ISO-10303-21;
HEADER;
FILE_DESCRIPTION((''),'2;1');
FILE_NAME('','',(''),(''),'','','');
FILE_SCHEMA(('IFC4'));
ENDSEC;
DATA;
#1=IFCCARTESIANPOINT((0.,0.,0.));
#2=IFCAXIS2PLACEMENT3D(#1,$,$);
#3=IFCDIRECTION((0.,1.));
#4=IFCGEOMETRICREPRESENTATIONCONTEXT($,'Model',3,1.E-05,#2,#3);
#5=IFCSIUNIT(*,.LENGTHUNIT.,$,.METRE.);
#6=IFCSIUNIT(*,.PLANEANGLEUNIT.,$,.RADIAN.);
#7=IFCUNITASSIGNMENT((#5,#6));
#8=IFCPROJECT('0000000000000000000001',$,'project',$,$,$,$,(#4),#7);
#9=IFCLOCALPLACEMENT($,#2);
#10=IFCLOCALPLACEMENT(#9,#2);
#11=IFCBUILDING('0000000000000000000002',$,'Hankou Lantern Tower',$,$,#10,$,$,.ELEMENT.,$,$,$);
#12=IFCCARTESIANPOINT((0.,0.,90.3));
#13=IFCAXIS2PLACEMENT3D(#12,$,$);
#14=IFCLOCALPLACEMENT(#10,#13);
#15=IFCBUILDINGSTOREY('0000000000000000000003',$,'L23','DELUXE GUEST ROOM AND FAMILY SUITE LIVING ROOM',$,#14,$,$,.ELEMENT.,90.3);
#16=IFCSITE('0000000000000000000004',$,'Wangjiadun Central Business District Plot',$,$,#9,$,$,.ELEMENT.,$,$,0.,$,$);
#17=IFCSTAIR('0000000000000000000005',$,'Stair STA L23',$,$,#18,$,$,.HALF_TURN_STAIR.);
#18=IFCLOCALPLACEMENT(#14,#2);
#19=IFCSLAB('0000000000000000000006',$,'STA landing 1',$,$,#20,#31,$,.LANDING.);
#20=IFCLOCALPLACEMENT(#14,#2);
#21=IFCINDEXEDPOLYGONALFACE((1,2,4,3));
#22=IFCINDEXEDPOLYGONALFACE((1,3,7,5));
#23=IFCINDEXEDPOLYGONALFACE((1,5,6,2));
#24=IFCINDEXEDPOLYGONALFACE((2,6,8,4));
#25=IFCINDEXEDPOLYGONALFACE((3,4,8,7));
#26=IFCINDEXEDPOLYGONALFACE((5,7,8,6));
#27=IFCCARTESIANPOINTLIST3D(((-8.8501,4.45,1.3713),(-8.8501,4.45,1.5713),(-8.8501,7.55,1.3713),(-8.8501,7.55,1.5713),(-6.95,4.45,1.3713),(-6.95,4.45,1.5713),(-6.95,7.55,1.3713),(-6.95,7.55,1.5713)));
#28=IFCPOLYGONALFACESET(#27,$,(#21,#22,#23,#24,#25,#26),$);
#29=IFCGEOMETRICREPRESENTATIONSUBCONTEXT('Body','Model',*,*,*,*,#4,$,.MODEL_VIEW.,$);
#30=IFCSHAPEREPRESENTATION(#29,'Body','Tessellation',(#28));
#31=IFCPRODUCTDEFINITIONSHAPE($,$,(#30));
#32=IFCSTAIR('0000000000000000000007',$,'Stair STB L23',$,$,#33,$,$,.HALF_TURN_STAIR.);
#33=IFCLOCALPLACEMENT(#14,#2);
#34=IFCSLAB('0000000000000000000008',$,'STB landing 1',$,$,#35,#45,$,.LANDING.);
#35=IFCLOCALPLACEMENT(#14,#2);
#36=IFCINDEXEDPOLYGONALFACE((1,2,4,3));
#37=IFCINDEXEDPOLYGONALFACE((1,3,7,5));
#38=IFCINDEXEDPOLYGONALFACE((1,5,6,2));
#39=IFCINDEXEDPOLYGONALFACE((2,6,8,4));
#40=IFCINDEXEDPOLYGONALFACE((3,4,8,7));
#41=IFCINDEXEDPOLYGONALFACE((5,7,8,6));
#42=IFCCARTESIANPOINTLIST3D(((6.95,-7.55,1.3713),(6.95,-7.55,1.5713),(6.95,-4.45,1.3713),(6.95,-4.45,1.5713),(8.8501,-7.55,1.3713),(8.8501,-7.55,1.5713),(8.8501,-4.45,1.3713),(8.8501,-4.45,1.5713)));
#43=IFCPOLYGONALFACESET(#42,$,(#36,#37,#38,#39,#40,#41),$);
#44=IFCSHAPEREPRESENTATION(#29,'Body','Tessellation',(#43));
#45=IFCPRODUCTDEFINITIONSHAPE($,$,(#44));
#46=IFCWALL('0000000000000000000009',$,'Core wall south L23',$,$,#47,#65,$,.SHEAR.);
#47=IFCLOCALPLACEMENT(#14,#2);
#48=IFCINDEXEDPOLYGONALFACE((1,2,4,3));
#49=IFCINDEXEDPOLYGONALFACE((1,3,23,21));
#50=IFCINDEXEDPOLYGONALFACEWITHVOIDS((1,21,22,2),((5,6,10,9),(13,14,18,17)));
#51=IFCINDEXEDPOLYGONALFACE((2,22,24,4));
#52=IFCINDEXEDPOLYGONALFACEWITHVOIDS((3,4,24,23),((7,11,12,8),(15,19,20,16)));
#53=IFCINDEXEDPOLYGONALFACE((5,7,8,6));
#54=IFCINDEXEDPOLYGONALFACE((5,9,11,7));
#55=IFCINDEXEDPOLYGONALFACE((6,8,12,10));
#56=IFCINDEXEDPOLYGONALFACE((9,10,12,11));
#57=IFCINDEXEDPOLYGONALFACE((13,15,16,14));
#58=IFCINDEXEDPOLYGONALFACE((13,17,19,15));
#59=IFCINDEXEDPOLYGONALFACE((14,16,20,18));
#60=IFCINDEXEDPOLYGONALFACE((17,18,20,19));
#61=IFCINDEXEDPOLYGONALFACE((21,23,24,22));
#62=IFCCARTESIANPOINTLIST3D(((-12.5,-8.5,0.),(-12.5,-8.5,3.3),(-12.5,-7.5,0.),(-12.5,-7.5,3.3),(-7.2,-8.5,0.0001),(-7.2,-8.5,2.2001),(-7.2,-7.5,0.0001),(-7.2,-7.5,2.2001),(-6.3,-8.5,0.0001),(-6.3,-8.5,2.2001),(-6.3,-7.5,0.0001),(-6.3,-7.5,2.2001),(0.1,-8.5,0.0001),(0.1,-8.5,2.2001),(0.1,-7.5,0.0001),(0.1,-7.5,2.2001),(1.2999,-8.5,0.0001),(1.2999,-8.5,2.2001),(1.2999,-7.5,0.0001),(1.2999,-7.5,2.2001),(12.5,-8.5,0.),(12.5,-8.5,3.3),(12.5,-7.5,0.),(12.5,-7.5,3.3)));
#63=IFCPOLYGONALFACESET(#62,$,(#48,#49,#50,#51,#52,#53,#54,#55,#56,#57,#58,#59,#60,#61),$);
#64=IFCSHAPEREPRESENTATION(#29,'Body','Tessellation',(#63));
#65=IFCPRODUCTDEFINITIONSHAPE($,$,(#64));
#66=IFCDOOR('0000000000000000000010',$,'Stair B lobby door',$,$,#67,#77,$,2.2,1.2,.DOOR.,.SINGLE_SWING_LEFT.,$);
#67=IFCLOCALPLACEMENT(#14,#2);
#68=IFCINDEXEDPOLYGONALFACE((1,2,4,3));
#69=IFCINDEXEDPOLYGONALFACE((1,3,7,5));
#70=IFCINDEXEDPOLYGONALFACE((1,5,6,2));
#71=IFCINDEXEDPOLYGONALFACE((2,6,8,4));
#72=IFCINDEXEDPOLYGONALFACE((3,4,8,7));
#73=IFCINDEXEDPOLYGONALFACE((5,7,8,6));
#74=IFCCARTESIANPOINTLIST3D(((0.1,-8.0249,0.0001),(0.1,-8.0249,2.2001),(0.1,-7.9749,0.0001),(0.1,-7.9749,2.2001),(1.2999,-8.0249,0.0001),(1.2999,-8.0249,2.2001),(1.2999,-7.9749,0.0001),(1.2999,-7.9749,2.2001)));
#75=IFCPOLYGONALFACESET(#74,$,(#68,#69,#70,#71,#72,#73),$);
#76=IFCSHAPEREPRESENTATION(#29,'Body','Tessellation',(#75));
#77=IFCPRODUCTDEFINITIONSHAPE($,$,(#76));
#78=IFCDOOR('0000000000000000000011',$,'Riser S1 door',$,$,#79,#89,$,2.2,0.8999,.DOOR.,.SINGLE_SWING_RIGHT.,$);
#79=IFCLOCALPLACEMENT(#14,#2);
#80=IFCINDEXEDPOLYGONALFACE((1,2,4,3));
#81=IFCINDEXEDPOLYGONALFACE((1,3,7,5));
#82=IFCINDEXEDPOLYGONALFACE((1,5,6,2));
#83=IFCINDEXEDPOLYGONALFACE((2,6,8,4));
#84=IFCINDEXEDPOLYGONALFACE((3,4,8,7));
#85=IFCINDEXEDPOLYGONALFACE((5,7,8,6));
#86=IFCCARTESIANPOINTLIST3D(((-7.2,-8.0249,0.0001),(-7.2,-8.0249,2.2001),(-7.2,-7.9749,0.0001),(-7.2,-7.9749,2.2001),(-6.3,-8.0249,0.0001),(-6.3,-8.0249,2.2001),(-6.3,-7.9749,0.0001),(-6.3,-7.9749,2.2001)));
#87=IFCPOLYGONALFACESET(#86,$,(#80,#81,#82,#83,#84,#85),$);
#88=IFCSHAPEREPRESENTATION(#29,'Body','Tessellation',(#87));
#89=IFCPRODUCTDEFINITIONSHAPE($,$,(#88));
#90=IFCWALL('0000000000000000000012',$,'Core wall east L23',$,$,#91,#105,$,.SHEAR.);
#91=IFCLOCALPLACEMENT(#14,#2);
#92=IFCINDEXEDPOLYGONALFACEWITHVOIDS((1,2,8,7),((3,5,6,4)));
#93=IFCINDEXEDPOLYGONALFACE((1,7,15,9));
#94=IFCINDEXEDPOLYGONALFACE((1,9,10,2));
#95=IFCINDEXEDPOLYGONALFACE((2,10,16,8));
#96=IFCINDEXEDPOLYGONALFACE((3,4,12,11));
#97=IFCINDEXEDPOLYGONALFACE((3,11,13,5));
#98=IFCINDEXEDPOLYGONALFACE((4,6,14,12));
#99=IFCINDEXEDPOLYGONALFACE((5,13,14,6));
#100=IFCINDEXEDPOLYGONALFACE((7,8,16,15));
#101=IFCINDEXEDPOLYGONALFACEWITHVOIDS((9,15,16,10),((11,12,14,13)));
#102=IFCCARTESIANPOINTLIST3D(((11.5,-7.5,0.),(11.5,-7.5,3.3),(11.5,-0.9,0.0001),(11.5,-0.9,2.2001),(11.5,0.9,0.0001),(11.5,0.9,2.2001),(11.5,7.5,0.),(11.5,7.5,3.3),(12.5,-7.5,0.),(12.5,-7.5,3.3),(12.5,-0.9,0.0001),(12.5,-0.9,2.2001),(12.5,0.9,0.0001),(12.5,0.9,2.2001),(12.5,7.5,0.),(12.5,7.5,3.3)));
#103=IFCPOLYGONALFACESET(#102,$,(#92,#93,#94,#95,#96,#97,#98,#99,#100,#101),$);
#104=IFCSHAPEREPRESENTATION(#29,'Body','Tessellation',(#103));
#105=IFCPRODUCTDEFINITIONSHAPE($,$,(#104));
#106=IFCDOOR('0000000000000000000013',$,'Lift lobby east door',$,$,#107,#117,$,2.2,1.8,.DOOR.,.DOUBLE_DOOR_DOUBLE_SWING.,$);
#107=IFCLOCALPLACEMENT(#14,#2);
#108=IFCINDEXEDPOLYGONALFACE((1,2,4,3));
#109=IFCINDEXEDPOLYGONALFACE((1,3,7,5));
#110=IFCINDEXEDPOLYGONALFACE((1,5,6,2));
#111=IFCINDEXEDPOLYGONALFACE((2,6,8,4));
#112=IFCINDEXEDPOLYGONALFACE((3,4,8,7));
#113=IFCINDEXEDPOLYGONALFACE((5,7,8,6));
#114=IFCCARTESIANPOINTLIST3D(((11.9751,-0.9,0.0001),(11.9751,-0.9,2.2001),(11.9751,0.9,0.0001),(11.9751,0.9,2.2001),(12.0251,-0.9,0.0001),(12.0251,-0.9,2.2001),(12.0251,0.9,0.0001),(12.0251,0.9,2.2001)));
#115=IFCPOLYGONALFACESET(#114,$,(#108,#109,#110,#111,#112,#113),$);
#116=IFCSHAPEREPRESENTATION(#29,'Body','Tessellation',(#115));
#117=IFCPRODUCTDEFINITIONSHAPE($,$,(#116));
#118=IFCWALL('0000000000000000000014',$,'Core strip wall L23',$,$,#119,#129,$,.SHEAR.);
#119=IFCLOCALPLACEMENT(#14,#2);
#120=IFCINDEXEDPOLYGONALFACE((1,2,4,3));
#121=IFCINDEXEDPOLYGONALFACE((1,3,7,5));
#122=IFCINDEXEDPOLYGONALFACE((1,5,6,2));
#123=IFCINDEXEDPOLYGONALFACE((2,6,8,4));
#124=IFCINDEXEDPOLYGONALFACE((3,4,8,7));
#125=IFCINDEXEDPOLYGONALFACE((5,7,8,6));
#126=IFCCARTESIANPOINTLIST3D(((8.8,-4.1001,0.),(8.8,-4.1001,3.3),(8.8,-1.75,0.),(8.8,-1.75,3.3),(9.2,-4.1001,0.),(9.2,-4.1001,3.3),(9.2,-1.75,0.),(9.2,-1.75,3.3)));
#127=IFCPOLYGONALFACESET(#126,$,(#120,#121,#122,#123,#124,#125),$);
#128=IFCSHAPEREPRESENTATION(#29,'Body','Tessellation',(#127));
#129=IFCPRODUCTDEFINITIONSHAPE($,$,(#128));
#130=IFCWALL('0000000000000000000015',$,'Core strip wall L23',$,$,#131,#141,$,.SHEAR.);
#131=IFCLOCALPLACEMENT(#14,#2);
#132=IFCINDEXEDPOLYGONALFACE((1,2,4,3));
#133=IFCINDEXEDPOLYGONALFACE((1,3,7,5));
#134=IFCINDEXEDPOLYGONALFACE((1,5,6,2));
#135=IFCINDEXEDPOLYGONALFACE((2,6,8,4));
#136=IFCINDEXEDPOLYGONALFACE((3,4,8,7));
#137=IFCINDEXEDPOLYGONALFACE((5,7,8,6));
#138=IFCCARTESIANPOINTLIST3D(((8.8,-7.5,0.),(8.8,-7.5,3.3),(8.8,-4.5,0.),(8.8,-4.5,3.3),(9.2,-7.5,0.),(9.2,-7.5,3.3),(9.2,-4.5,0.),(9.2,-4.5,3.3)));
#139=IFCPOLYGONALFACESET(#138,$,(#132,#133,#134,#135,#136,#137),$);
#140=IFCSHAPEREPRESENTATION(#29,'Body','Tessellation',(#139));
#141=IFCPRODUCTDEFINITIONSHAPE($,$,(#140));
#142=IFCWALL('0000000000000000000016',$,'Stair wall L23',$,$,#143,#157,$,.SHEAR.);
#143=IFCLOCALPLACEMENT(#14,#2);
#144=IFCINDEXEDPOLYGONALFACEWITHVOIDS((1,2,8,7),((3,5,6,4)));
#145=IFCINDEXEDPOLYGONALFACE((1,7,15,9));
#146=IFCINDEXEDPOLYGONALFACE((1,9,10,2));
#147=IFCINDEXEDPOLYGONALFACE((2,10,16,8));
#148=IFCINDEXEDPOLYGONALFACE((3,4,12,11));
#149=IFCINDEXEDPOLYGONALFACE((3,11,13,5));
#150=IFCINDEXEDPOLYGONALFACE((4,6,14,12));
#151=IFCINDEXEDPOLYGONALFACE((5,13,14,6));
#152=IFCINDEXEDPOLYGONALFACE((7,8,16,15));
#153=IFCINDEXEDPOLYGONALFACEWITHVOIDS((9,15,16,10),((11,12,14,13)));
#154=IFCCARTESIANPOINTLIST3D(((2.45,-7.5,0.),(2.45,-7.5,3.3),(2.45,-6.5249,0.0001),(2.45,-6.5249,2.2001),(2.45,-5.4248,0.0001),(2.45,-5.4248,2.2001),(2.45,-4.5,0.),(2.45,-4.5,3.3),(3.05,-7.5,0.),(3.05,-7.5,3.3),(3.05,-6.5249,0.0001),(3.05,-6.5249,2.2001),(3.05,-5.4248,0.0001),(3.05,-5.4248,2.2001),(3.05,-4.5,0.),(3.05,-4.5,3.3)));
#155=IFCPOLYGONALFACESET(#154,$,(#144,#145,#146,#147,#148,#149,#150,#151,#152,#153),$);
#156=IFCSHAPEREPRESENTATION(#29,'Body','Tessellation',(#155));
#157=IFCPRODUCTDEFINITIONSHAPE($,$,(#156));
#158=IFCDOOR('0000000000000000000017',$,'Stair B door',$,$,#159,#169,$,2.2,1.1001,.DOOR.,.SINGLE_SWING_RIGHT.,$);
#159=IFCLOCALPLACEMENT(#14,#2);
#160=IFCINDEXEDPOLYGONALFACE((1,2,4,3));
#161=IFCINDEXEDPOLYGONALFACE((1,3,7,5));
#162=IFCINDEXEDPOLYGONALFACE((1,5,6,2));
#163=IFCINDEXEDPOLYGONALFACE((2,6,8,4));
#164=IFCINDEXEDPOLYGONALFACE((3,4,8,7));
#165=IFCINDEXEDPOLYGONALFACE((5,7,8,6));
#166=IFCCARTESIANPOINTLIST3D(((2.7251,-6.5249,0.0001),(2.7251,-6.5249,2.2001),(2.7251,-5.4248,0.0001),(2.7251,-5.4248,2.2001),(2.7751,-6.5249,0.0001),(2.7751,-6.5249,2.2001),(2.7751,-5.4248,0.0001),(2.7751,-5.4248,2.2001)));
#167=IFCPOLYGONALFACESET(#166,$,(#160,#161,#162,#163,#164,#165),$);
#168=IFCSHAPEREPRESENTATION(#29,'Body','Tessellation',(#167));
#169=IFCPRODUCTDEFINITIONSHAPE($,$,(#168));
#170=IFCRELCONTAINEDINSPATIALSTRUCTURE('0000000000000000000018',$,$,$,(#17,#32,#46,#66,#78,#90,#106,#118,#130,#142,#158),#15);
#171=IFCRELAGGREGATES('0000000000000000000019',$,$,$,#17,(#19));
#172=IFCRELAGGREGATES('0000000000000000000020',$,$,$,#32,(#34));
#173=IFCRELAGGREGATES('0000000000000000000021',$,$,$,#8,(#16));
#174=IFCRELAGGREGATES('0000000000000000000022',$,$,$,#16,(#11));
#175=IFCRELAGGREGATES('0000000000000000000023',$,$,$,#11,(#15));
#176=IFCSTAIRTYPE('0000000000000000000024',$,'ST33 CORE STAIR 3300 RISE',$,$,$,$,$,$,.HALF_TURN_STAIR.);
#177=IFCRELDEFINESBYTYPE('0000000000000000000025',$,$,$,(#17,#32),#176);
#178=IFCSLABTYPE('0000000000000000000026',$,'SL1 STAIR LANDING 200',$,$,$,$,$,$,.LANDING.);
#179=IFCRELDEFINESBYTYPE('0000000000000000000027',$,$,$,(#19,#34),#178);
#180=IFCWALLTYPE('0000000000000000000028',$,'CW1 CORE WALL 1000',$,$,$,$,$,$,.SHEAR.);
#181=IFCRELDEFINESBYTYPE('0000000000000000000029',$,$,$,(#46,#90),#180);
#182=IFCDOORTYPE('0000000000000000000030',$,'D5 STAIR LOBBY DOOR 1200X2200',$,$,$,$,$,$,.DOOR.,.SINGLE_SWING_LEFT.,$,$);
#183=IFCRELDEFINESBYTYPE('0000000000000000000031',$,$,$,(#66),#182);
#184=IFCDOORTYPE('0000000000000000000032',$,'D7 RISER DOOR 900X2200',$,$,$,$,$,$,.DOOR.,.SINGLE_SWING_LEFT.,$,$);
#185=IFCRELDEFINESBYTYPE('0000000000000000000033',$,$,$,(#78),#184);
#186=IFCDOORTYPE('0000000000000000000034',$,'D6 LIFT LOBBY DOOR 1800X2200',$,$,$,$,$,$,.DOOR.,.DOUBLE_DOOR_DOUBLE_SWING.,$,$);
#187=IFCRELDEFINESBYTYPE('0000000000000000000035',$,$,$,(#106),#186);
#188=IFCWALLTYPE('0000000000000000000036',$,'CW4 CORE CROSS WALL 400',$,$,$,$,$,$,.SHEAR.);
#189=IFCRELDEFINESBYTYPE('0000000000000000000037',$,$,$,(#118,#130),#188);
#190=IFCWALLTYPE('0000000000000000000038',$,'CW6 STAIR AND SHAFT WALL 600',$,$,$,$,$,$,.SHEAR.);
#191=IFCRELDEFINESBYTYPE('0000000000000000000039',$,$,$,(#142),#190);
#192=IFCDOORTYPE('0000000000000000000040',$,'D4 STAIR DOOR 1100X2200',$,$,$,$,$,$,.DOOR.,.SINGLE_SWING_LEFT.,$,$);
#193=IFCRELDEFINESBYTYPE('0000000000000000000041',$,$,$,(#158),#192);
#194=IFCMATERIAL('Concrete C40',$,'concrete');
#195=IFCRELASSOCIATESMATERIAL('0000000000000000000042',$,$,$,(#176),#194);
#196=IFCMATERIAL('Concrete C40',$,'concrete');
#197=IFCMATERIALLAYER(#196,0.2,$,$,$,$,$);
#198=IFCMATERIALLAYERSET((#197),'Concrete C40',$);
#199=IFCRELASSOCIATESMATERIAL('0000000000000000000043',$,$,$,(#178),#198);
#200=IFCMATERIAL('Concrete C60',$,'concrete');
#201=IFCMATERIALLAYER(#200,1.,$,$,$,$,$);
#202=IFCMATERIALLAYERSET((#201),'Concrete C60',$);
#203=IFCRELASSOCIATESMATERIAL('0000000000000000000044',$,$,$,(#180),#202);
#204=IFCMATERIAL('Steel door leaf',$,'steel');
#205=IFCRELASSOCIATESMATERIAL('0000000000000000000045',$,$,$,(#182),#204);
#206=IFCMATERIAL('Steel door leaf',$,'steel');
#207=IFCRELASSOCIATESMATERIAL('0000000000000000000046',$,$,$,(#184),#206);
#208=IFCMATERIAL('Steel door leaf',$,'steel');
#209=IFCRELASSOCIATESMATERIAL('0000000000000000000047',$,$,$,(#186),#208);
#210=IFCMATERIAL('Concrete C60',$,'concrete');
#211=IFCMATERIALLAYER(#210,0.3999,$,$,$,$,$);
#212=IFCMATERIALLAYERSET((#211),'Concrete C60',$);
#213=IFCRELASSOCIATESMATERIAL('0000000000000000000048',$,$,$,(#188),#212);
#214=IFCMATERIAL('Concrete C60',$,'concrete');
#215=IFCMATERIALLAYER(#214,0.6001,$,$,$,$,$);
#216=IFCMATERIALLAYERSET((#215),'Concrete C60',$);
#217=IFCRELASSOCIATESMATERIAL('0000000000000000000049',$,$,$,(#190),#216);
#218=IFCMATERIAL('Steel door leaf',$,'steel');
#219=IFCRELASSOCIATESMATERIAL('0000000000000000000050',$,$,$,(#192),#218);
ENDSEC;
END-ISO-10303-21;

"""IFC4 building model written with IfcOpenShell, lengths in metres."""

from ifc_helpers import new_model, si_unit, direction, frame, frame_2d, origin, place, context, subcontext, project, spatial, polyline, rectangle, outline, extrude, material, layer, layer_set, type_object, element, fill, aggregate, save


model = new_model("IFC4")

# Units and contexts
model_context = context("Model", 3, precision=1e-05, world=origin(), true_north=direction((0.0, 1.0)))
body_context = subcontext(model_context, "Body", "Model", "MODEL_VIEW")
ifc_project = project(units=[si_unit("LENGTHUNIT", "METRE"), si_unit("PLANEANGLEUNIT", "RADIAN")], contexts=[model_context])

# Site, building, storey
site_placement = place(None, origin())
site = spatial("IfcSite", under=ifc_project, at=site_placement, Name="Wangjiadun Central Business District Plot", CompositionType="ELEMENT", RefElevation=0.0)
building_placement = place(site_placement, origin())
building = spatial("IfcBuilding", under=site, at=building_placement, Name="Hankou Lantern Tower", CompositionType="ELEMENT")
storey_placement = place(building_placement, frame((0.0, 0.0, 90.3)))
storey = spatial("IfcBuildingStorey", under=building, at=storey_placement, Name="L23", Description="DELUXE GUEST ROOM AND FAMILY SUITE LIVING ROOM", CompositionType="ELEMENT", Elevation=90.3)

# Stairs, slabs
ifc_material_1 = material(Name="Concrete C40", Category="concrete")
stair_type = type_object("IfcStairType", Name="ST33 CORE STAIR 3300 RISE", PredefinedType="HALF_TURN_STAIR", material=ifc_material_1)
stair_1_placement = place(storey_placement, origin())
stair_1 = element("IfcStair", 1, at=stair_1_placement, inside=storey, type_object=stair_type, Name="Stair STA L23", PredefinedType="HALF_TURN_STAIR")
ifc_material_2 = material(Name="Concrete C40", Category="concrete")
ifc_layer_1 = layer(ifc_material_2, 0.2)
ifc_layer_set_1 = layer_set([ifc_layer_1], Name="Concrete C40")
slab_type = type_object("IfcSlabType", Name="SL1 STAIR LANDING 200", PredefinedType="LANDING", material=ifc_layer_set_1)
slab_1_placement = place(storey_placement, frame((0.0, 0.0, 1.3713)))
slab_1 = element("IfcSlab", 2, at=slab_1_placement, type_object=slab_type, Name="STA landing 1", PredefinedType="LANDING", context=body_context, shape_type="SweptSolid", body=[
    extrude(outline(polyline([(-8.8501, 4.45), (-6.95, 4.45), (-6.95, 7.55), (-8.8501, 7.55), (-8.8501, 4.45)])), origin(), (0.0, 0.0, 1.0), 0.2),
])
aggregate(stair_1, [slab_1])
stair_2_placement = place(storey_placement, origin())
stair_2 = element("IfcStair", 3, at=stair_2_placement, inside=storey, type_object=stair_type, Name="Stair STB L23", PredefinedType="HALF_TURN_STAIR")
slab_2_placement = place(storey_placement, frame((0.0, 0.0, 1.3713)))
slab_2 = element("IfcSlab", 4, at=slab_2_placement, type_object=slab_type, Name="STB landing 1", PredefinedType="LANDING", context=body_context, shape_type="SweptSolid", body=[
    extrude(outline(polyline([(8.8501, -4.45), (6.95, -4.45), (6.95, -7.55), (8.8501, -7.55), (8.8501, -4.45)])), origin(), (0.0, 0.0, 1.0), 0.2),
])

# Wall, openings, doors
ifc_material_3 = material(Name="Concrete C60", Category="concrete")
ifc_layer_2 = layer(ifc_material_3, 1.0)
ifc_layer_set_2 = layer_set([ifc_layer_2], Name="Concrete C60")
wall_type_1 = type_object("IfcWallType", Name="CW1 CORE WALL 1000", PredefinedType="SHEAR", material=ifc_layer_set_2)
wall_1_placement = place(storey_placement, frame((12.5, -8.0, 0.0), z_axis=(0.0, 0.0, 1.0), x_axis=(-1.0, 0.0, 0.0)))
wall_1 = element("IfcWall", 5, at=wall_1_placement, inside=storey, type_object=wall_type_1, Name="Core wall south L23", PredefinedType="SHEAR", context=body_context, shape_type="SweptSolid", body=[
    extrude(rectangle(XDim=25.0, YDim=1.0, at=frame_2d((12.5, 0.0))), origin(), (0.0, 0.0, 1.0), 3.3),
])
opening_1_placement = place(wall_1_placement, frame((11.2, 0.0, 0.0)))
opening_1 = element("IfcOpeningElement", 6, at=opening_1_placement, cuts=wall_1, PredefinedType="OPENING", context=body_context, shape_type="SweptSolid", body=[
    extrude(rectangle(XDim=1.2, YDim=2.2, at=frame_2d((0.6001, 1.1001))), frame((0.0, 0.51, 0.0), z_axis=(0.0, -1.0, 0.0), x_axis=(1.0, 0.0, 0.0)), (0.0, 0.0, 1.0), 1.02),
])
opening_2_placement = place(wall_1_placement, frame((18.8, 0.0, 0.0)))
opening_2 = element("IfcOpeningElement", 7, at=opening_2_placement, cuts=wall_1, PredefinedType="OPENING", context=body_context, shape_type="SweptSolid", body=[
    extrude(rectangle(XDim=0.8999, YDim=2.2, at=frame_2d((0.45, 1.1001))), frame((0.0, 0.51, 0.0), z_axis=(0.0, -1.0, 0.0), x_axis=(1.0, 0.0, 0.0)), (0.0, 0.0, 1.0), 1.02),
])
ifc_material_4 = material(Name="Steel door leaf", Category="steel")
door_type_1 = type_object("IfcDoorType", Name="D5 STAIR LOBBY DOOR 1200X2200", OperationType="SINGLE_SWING_LEFT", PredefinedType="DOOR", material=ifc_material_4)
door_1_placement = place(opening_1_placement, origin())
door_1 = element("IfcDoor", 8, at=door_1_placement, inside=storey, type_object=door_type_1, Name="Stair B lobby door", OperationType="SINGLE_SWING_LEFT", OverallHeight=2.2, OverallWidth=1.2, PredefinedType="DOOR", context=body_context, shape_type="SweptSolid", body=[
    extrude(rectangle(XDim=1.2, YDim=2.2, at=frame_2d((0.6001, 1.1001))), frame((0.0, 0.0249, 0.0), z_axis=(0.0, -1.0, 0.0), x_axis=(1.0, 0.0, 0.0)), (0.0, 0.0, 1.0), 0.05),
])
fill(opening_1, door_1)
ifc_material_5 = material(Name="Steel door leaf", Category="steel")
door_type_2 = type_object("IfcDoorType", Name="D7 RISER DOOR 900X2200", OperationType="SINGLE_SWING_LEFT", PredefinedType="DOOR", material=ifc_material_5)
door_2_placement = place(opening_2_placement, origin())
door_2 = element("IfcDoor", 9, at=door_2_placement, inside=storey, type_object=door_type_2, Name="Riser S1 door", OperationType="SINGLE_SWING_RIGHT", OverallHeight=2.2, OverallWidth=0.8999, PredefinedType="DOOR", context=body_context, shape_type="SweptSolid", body=[
    extrude(rectangle(XDim=0.8999, YDim=2.2, at=frame_2d((0.45, 1.1001))), frame((0.0, 0.0249, 0.0), z_axis=(0.0, -1.0, 0.0), x_axis=(1.0, 0.0, 0.0)), (0.0, 0.0, 1.0), 0.05),
])
fill(opening_2, door_2)

# Wall, opening, door
wall_2_placement = place(storey_placement, frame((12.0, -7.5, 0.0), z_axis=(0.0, 0.0, 1.0), x_axis=(0.0, 1.0, 0.0)))
wall_2 = element("IfcWall", 10, at=wall_2_placement, inside=storey, type_object=wall_type_1, Name="Core wall east L23", PredefinedType="SHEAR", context=body_context, shape_type="SweptSolid", body=[
    extrude(rectangle(XDim=15.0, YDim=1.0, at=frame_2d((7.5, 0.0))), origin(), (0.0, 0.0, 1.0), 3.3),
])
opening_3_placement = place(wall_2_placement, frame((6.6001, 0.0, 0.0)))
opening_3 = element("IfcOpeningElement", 11, at=opening_3_placement, cuts=wall_2, PredefinedType="OPENING", context=body_context, shape_type="SweptSolid", body=[
    extrude(rectangle(XDim=1.8, YDim=2.2, at=frame_2d((0.8999, 1.1001))), frame((0.0, 0.51, 0.0), z_axis=(0.0, -1.0, 0.0), x_axis=(1.0, 0.0, 0.0)), (0.0, 0.0, 1.0), 1.02),
])
ifc_material_6 = material(Name="Steel door leaf", Category="steel")
door_type_3 = type_object("IfcDoorType", Name="D6 LIFT LOBBY DOOR 1800X2200", OperationType="DOUBLE_DOOR_DOUBLE_SWING", PredefinedType="DOOR", material=ifc_material_6)
door_3_placement = place(opening_3_placement, origin())
door_3 = element("IfcDoor", 12, at=door_3_placement, inside=storey, type_object=door_type_3, Name="Lift lobby east door", OperationType="DOUBLE_DOOR_DOUBLE_SWING", OverallHeight=2.2, OverallWidth=1.8, PredefinedType="DOOR", context=body_context, shape_type="SweptSolid", body=[
    extrude(rectangle(XDim=1.8, YDim=2.2, at=frame_2d((0.8999, 1.1001))), frame((0.0, 0.0249, 0.0), z_axis=(0.0, -1.0, 0.0), x_axis=(1.0, 0.0, 0.0)), (0.0, 0.0, 1.0), 0.05),
])
fill(opening_3, door_3)

# Walls
ifc_material_7 = material(Name="Concrete C60", Category="concrete")
ifc_layer_3 = layer(ifc_material_7, 0.3999)
ifc_layer_set_3 = layer_set([ifc_layer_3], Name="Concrete C60")
wall_type_2 = type_object("IfcWallType", Name="CW4 CORE CROSS WALL 400", PredefinedType="SHEAR", material=ifc_layer_set_3)
wall_3_placement = place(storey_placement, frame((9.0, -4.1001, 0.0), z_axis=(0.0, 0.0, 1.0), x_axis=(0.0, 1.0, 0.0)))
element("IfcWall", 13, at=wall_3_placement, inside=storey, type_object=wall_type_2, Name="Core strip wall L23", PredefinedType="SHEAR", context=body_context, shape_type="SweptSolid", body=[
    extrude(rectangle(XDim=2.3501, YDim=0.3999, at=frame_2d((1.175, 0.0))), origin(), (0.0, 0.0, 1.0), 3.3),
])
wall_4_placement = place(storey_placement, frame((9.0, -7.5, 0.0), z_axis=(0.0, 0.0, 1.0), x_axis=(0.0, 1.0, 0.0)))
element("IfcWall", 14, at=wall_4_placement, inside=storey, type_object=wall_type_2, Name="Core strip wall L23", PredefinedType="SHEAR", context=body_context, shape_type="SweptSolid", body=[
    extrude(rectangle(XDim=3.0, YDim=0.3999, at=frame_2d((1.5, 0.0))), origin(), (0.0, 0.0, 1.0), 3.3),
])

# Wall, opening, door
ifc_material_8 = material(Name="Concrete C60", Category="concrete")
ifc_layer_4 = layer(ifc_material_8, 0.6001)
ifc_layer_set_4 = layer_set([ifc_layer_4], Name="Concrete C60")
wall_type_3 = type_object("IfcWallType", Name="CW6 STAIR AND SHAFT WALL 600", PredefinedType="SHEAR", material=ifc_layer_set_4)
wall_5_placement = place(storey_placement, frame((2.75, -7.5, 0.0), z_axis=(0.0, 0.0, 1.0), x_axis=(0.0, 1.0, 0.0)))
wall_5 = element("IfcWall", 15, at=wall_5_placement, inside=storey, type_object=wall_type_3, Name="Stair wall L23", PredefinedType="SHEAR", context=body_context, shape_type="SweptSolid", body=[
    extrude(rectangle(XDim=3.0, YDim=0.6001, at=frame_2d((1.5, 0.0))), origin(), (0.0, 0.0, 1.0), 3.3),
])
opening_4_placement = place(wall_5_placement, frame((0.9751, 0.0, 0.0)))
opening_4 = element("IfcOpeningElement", 16, at=opening_4_placement, cuts=wall_5, PredefinedType="OPENING", context=body_context, shape_type="SweptSolid", body=[
    extrude(rectangle(XDim=1.1001, YDim=2.2, at=frame_2d((0.55, 1.1001))), frame((0.0, 0.3101, 0.0), z_axis=(0.0, -1.0, 0.0), x_axis=(1.0, 0.0, 0.0)), (0.0, 0.0, 1.0), 0.6201),
])
ifc_material_9 = material(Name="Steel door leaf", Category="steel")
door_type_4 = type_object("IfcDoorType", Name="D4 STAIR DOOR 1100X2200", OperationType="SINGLE_SWING_LEFT", PredefinedType="DOOR", material=ifc_material_9)
door_4_placement = place(opening_4_placement, origin())
door_4 = element("IfcDoor", 17, at=door_4_placement, inside=storey, type_object=door_type_4, Name="Stair B door", OperationType="SINGLE_SWING_RIGHT", OverallHeight=2.2, OverallWidth=1.1001, PredefinedType="DOOR", context=body_context, shape_type="SweptSolid", body=[
    extrude(rectangle(XDim=1.1001, YDim=2.2, at=frame_2d((0.55, 1.1001))), frame((0.0, 0.0249, 0.0), z_axis=(0.0, -1.0, 0.0), x_axis=(1.0, 0.0, 0.0)), (0.0, 0.0, 1.0), 0.05),
])
fill(opening_4, door_4)

aggregate(stair_2, [slab_2])

save(model, "model.ifc")
